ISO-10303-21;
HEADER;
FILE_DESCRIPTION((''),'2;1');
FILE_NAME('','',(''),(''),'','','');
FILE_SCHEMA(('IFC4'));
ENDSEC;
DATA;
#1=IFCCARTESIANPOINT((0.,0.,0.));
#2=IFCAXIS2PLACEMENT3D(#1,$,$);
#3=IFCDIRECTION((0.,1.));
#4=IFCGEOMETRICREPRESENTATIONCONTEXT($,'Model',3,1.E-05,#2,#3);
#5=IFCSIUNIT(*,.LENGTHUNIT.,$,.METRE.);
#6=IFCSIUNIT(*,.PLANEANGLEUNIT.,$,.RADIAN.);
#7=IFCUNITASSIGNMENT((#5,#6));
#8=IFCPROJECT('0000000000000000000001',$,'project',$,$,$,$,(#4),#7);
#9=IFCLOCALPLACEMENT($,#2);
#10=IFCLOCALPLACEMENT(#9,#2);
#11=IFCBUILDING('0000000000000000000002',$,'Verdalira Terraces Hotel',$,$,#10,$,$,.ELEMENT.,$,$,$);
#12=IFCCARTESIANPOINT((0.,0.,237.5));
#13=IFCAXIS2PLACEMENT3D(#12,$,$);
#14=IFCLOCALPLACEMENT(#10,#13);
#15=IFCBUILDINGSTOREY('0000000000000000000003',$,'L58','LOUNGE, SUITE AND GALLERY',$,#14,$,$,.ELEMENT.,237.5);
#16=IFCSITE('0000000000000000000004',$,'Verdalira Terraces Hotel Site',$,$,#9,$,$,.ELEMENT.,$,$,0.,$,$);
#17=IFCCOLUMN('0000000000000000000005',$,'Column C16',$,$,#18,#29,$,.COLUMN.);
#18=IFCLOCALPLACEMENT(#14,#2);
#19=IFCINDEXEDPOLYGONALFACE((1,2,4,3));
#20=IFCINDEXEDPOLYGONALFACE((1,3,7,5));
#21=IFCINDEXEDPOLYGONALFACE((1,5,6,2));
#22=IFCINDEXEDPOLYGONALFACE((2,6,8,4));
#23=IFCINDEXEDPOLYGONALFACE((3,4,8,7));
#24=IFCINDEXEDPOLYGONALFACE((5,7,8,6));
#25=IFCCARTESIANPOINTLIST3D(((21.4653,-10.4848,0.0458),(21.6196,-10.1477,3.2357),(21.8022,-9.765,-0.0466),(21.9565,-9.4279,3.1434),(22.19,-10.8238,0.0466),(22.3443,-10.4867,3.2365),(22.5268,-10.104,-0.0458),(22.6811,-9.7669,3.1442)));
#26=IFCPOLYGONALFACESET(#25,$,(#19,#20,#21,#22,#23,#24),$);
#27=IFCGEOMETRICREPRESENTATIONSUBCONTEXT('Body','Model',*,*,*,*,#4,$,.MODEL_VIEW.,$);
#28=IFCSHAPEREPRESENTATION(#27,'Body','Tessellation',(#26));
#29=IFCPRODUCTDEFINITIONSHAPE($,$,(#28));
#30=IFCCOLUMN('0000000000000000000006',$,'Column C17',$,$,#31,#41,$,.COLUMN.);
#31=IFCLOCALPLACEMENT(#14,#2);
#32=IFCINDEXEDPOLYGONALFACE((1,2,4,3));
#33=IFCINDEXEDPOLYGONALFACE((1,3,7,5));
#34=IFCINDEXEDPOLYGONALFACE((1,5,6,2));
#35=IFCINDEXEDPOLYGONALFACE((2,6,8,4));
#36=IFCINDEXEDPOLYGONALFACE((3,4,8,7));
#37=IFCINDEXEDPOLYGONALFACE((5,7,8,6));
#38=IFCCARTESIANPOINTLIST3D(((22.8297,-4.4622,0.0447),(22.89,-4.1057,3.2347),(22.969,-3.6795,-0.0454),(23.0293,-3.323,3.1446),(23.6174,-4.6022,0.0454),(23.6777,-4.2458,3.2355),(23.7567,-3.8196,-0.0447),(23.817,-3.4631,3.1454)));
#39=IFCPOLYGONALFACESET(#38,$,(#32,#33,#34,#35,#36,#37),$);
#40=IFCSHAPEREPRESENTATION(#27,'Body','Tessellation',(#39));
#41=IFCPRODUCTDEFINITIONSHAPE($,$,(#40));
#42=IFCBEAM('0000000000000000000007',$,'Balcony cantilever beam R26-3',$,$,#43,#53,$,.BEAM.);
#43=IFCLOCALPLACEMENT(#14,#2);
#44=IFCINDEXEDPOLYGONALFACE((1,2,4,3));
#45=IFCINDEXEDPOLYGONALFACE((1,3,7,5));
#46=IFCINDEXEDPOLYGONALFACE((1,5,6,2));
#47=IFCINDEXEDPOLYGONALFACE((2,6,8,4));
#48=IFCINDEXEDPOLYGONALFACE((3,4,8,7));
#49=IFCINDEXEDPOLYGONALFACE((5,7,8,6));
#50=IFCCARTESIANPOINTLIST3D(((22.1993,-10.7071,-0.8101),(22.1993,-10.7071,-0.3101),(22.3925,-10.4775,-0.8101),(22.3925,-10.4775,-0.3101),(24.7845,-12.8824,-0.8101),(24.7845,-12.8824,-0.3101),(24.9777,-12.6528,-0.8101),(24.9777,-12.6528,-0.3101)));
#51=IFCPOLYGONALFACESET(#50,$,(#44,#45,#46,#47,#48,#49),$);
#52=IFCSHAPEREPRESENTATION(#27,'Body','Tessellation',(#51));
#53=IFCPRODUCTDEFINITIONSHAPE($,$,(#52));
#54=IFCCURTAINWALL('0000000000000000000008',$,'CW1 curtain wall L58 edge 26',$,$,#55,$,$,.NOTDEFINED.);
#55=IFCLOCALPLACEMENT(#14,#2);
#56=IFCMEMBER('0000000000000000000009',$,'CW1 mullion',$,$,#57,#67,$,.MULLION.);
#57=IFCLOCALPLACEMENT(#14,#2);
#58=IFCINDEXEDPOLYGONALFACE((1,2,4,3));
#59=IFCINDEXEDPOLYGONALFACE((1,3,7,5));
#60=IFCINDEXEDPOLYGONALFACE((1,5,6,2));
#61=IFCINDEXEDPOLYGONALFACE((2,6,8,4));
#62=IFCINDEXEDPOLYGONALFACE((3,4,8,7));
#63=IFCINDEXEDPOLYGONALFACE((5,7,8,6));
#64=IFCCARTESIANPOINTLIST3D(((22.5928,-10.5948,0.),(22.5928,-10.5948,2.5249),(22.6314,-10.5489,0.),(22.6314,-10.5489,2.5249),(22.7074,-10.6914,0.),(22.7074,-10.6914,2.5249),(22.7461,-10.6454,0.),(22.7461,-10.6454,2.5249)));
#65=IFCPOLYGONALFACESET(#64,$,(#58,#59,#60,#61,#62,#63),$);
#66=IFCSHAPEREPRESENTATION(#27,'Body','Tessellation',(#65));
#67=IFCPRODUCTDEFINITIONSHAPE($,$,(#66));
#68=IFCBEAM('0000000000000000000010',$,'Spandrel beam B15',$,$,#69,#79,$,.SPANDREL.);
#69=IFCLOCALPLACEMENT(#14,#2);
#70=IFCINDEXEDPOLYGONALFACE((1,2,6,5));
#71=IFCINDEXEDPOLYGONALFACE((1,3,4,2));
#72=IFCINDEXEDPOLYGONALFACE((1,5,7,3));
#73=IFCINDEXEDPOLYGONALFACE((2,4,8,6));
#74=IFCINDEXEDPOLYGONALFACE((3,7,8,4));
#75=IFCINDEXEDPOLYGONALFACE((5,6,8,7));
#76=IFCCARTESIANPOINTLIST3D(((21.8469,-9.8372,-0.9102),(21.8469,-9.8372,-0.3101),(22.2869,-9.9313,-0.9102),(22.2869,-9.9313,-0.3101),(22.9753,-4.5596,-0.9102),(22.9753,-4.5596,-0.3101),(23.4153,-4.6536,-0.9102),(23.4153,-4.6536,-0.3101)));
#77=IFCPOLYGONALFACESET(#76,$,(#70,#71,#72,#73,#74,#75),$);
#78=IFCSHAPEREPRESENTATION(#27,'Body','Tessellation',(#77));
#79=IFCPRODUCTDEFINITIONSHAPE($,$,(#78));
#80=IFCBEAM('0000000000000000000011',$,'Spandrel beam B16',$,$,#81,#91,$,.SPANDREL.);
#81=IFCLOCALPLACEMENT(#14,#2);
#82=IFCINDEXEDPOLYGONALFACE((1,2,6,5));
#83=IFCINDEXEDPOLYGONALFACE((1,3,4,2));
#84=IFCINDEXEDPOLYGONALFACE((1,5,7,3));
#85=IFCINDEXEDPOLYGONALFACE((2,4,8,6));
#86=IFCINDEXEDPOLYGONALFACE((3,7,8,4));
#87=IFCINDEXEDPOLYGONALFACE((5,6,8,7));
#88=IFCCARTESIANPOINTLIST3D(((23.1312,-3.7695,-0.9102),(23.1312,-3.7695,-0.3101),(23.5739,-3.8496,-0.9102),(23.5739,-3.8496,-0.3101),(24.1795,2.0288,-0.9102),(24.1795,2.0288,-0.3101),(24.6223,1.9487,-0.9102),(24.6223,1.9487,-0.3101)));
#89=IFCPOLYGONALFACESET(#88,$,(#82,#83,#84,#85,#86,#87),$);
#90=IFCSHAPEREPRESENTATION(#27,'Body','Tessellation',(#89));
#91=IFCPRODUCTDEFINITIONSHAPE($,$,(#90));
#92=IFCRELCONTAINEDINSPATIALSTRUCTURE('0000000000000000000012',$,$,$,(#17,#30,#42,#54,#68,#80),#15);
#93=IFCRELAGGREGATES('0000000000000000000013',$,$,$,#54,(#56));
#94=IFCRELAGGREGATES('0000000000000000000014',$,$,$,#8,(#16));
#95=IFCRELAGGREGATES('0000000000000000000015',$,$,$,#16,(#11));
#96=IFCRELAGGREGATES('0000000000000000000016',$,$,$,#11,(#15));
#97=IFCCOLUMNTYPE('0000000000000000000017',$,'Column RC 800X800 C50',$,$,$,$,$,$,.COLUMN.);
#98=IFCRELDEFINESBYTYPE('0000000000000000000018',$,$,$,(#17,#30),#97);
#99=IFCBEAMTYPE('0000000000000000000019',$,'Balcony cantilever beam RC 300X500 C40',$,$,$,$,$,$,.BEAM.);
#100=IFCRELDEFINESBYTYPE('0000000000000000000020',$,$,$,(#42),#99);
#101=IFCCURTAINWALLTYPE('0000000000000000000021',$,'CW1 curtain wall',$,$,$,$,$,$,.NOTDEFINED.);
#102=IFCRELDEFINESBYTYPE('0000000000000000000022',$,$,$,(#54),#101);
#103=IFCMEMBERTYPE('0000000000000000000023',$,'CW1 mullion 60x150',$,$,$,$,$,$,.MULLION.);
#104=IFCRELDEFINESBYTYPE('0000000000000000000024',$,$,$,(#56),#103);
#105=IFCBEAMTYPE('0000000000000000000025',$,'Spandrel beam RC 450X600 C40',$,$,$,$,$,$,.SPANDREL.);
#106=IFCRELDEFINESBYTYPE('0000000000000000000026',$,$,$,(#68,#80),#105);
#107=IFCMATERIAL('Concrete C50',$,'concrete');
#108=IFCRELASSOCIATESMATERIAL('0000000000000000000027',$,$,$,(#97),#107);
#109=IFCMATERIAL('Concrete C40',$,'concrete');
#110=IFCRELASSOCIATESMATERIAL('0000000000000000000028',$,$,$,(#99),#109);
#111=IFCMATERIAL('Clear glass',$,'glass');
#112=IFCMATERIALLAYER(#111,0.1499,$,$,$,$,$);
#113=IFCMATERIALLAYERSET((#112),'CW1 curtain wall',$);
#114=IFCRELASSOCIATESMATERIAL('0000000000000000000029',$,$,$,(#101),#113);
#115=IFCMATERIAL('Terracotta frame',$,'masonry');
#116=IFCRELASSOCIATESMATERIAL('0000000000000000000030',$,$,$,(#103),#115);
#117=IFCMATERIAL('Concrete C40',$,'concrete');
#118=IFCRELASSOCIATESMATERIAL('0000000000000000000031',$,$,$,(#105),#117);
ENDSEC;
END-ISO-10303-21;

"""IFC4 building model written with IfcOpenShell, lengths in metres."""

from ifc_helpers import new_model, si_unit, direction, frame, origin, origin_2d, place, context, subcontext, project, spatial, rectangle, extrude, material, layer, layer_set, material_profile, profile_set, type_object, element, aggregate, save


model = new_model("IFC4")

# Units and contexts
model_context = context("Model", 3, precision=1e-05, world=origin(), true_north=direction((0.0, 1.0)))
body_context = subcontext(model_context, "Body", "Model", "MODEL_VIEW")
ifc_project = project(units=[si_unit("LENGTHUNIT", "METRE"), si_unit("PLANEANGLEUNIT", "RADIAN")], contexts=[model_context])

# Site, building, storey
site_placement = place(None, origin())
site = spatial("IfcSite", under=ifc_project, at=site_placement, Name="Verdalira Terraces Hotel Site", CompositionType="ELEMENT", RefElevation=0.0)
building_placement = place(site_placement, origin())
building = spatial("IfcBuilding", under=site, at=building_placement, Name="Verdalira Terraces Hotel", CompositionType="ELEMENT")
storey_placement = place(building_placement, frame((0.0, 0.0, 237.5)))
storey = spatial("IfcBuildingStorey", under=building, at=storey_placement, Name="L58", Description="LOUNGE, SUITE AND GALLERY", CompositionType="ELEMENT", Elevation=237.5)

# Columns
ifc_material_1 = material(Name="Concrete C50", Category="concrete")
ifc_material_profile_1 = material_profile(ifc_material_1, rectangle(XDim=0.8, YDim=0.8, at=origin_2d()), Name="RC 800X800")
ifc_profile_set_1 = profile_set([ifc_material_profile_1], Name="Concrete C50")
column_type = type_object("IfcColumnType", Name="Column RC 800X800 C50", PredefinedType="COLUMN", material=ifc_profile_set_1)
column_1_placement = place(storey_placement, frame((21.9961, -10.2944, 0.0), z_axis=(0.048046, 0.104987, 0.993312), x_axis=(-0.421004, -0.899681, 0.115455)))
element("IfcColumn", 1, at=column_1_placement, inside=storey, type_object=column_type, Name="Column C16", PredefinedType="COLUMN", context=body_context, shape_type="SweptSolid", body=[
    extrude(rectangle(XDim=0.8, YDim=0.8, at=origin_2d()), origin(), (0.0, 0.0, 1.0), 3.2114),
])
column_2_placement = place(storey_placement, frame((23.2932, -4.1409, 0.0), z_axis=(0.018784, 0.11103, 0.99364), x_axis=(0.174054, 0.978277, -0.112603)))
element("IfcColumn", 2, at=column_2_placement, inside=storey, type_object=column_type, Name="Column C17", PredefinedType="COLUMN", context=body_context, shape_type="SweptSolid", body=[
    extrude(rectangle(XDim=0.8, YDim=0.8, at=origin_2d()), origin(), (0.0, 0.0, 1.0), 3.2104),
])

# Beam
ifc_material_2 = material(Name="Concrete C40", Category="concrete")
ifc_material_profile_2 = material_profile(ifc_material_2, rectangle(XDim=0.3, YDim=0.5, at=origin_2d()), Name="RC 300X500")
ifc_profile_set_2 = profile_set([ifc_material_profile_2], Name="Concrete C40")
beam_type_1 = type_object("IfcBeamType", Name="Balcony cantilever beam RC 300X500 C40", PredefinedType="BEAM", material=ifc_profile_set_2)
beam_1_placement = place(storey_placement, frame((22.2959, -10.5923, -0.5601), z_axis=(0.765162, -0.643838, 0.0), x_axis=(0.643838, 0.765162, 0.0)))
element("IfcBeam", 3, at=beam_1_placement, inside=storey, type_object=beam_type_1, Name="Balcony cantilever beam R26-3", PredefinedType="BEAM", context=body_context, shape_type="SweptSolid", body=[
    extrude(rectangle(XDim=0.3, YDim=0.5, at=origin_2d()), origin(), (0.0, 0.0, 1.0), 3.3787),
])

# Curtain wall, member
ifc_material_3 = material(Name="Clear glass", Category="glass")
ifc_layer_1 = layer(ifc_material_3, 0.1499)
ifc_layer_set_1 = layer_set([ifc_layer_1], Name="CW1 curtain wall")
curtain_wall_type = type_object("IfcCurtainWallType", Name="CW1 curtain wall", PredefinedType="NOTDEFINED", material=ifc_layer_set_1)
curtain_wall_placement = place(storey_placement, origin())
curtain_wall = element("IfcCurtainWall", 4, at=curtain_wall_placement, inside=storey, type_object=curtain_wall_type, Name="CW1 curtain wall L58 edge 26", PredefinedType="NOTDEFINED")
ifc_material_4 = material(Name="Terracotta frame", Category="masonry")
ifc_material_profile_3 = material_profile(ifc_material_4, rectangle(XDim=0.0601, YDim=0.1499, at=origin_2d()), Name="MU 60x150")
ifc_profile_set_3 = profile_set([ifc_material_profile_3], Name="Terracotta frame")
member_type = type_object("IfcMemberType", Name="CW1 mullion 60x150", PredefinedType="MULLION", material=ifc_profile_set_3)
member_placement = place(storey_placement, frame((22.6694, -10.6201, 0.0), z_axis=(0.0, 0.0, 1.0), x_axis=(0.643857, 0.765146, 0.0)))
member = element("IfcMember", 5, at=member_placement, type_object=member_type, Name="CW1 mullion", PredefinedType="MULLION", context=body_context, shape_type="SweptSolid", body=[
    extrude(rectangle(XDim=0.0601, YDim=0.1499, at=origin_2d()), origin(), (0.0, 0.0, 1.0), 2.5249),
])
aggregate(curtain_wall, [member])

# Beams
ifc_material_5 = material(Name="Concrete C40", Category="concrete")
ifc_material_profile_4 = material_profile(ifc_material_5, rectangle(XDim=0.45, YDim=0.6001, at=origin_2d()), Name="RC 450X600")
ifc_profile_set_4 = profile_set([ifc_material_profile_4], Name="Concrete C40")
beam_type_2 = type_object("IfcBeamType", Name="Spandrel beam RC 450X600 C40", PredefinedType="SPANDREL", material=ifc_profile_set_4)
beam_2_placement = place(storey_placement, frame((22.0669, -9.8843, -0.6101), z_axis=(0.209087, 0.977897, 0.0), x_axis=(-0.977897, 0.209087, 0.0)))
element("IfcBeam", 6, at=beam_2_placement, inside=storey, type_object=beam_type_2, Name="Spandrel beam B15", PredefinedType="SPANDREL", context=body_context, shape_type="SweptSolid", body=[
    extrude(rectangle(XDim=0.45, YDim=0.6001, at=origin_2d()), origin(), (0.0, 0.0, 1.0), 5.397),
])
beam_3_placement = place(storey_placement, frame((23.3525, -3.8096, -0.6101), z_axis=(0.177915, 0.984046, 0.0), x_axis=(-0.984046, 0.177915, 0.0)))
element("IfcBeam", 7, at=beam_3_placement, inside=storey, type_object=beam_type_2, Name="Spandrel beam B16", PredefinedType="SPANDREL", context=body_context, shape_type="SweptSolid", body=[
    extrude(rectangle(XDim=0.45, YDim=0.6001, at=origin_2d()), origin(), (0.0, 0.0, 1.0), 5.8923),
])

save(model, "model.ifc")
